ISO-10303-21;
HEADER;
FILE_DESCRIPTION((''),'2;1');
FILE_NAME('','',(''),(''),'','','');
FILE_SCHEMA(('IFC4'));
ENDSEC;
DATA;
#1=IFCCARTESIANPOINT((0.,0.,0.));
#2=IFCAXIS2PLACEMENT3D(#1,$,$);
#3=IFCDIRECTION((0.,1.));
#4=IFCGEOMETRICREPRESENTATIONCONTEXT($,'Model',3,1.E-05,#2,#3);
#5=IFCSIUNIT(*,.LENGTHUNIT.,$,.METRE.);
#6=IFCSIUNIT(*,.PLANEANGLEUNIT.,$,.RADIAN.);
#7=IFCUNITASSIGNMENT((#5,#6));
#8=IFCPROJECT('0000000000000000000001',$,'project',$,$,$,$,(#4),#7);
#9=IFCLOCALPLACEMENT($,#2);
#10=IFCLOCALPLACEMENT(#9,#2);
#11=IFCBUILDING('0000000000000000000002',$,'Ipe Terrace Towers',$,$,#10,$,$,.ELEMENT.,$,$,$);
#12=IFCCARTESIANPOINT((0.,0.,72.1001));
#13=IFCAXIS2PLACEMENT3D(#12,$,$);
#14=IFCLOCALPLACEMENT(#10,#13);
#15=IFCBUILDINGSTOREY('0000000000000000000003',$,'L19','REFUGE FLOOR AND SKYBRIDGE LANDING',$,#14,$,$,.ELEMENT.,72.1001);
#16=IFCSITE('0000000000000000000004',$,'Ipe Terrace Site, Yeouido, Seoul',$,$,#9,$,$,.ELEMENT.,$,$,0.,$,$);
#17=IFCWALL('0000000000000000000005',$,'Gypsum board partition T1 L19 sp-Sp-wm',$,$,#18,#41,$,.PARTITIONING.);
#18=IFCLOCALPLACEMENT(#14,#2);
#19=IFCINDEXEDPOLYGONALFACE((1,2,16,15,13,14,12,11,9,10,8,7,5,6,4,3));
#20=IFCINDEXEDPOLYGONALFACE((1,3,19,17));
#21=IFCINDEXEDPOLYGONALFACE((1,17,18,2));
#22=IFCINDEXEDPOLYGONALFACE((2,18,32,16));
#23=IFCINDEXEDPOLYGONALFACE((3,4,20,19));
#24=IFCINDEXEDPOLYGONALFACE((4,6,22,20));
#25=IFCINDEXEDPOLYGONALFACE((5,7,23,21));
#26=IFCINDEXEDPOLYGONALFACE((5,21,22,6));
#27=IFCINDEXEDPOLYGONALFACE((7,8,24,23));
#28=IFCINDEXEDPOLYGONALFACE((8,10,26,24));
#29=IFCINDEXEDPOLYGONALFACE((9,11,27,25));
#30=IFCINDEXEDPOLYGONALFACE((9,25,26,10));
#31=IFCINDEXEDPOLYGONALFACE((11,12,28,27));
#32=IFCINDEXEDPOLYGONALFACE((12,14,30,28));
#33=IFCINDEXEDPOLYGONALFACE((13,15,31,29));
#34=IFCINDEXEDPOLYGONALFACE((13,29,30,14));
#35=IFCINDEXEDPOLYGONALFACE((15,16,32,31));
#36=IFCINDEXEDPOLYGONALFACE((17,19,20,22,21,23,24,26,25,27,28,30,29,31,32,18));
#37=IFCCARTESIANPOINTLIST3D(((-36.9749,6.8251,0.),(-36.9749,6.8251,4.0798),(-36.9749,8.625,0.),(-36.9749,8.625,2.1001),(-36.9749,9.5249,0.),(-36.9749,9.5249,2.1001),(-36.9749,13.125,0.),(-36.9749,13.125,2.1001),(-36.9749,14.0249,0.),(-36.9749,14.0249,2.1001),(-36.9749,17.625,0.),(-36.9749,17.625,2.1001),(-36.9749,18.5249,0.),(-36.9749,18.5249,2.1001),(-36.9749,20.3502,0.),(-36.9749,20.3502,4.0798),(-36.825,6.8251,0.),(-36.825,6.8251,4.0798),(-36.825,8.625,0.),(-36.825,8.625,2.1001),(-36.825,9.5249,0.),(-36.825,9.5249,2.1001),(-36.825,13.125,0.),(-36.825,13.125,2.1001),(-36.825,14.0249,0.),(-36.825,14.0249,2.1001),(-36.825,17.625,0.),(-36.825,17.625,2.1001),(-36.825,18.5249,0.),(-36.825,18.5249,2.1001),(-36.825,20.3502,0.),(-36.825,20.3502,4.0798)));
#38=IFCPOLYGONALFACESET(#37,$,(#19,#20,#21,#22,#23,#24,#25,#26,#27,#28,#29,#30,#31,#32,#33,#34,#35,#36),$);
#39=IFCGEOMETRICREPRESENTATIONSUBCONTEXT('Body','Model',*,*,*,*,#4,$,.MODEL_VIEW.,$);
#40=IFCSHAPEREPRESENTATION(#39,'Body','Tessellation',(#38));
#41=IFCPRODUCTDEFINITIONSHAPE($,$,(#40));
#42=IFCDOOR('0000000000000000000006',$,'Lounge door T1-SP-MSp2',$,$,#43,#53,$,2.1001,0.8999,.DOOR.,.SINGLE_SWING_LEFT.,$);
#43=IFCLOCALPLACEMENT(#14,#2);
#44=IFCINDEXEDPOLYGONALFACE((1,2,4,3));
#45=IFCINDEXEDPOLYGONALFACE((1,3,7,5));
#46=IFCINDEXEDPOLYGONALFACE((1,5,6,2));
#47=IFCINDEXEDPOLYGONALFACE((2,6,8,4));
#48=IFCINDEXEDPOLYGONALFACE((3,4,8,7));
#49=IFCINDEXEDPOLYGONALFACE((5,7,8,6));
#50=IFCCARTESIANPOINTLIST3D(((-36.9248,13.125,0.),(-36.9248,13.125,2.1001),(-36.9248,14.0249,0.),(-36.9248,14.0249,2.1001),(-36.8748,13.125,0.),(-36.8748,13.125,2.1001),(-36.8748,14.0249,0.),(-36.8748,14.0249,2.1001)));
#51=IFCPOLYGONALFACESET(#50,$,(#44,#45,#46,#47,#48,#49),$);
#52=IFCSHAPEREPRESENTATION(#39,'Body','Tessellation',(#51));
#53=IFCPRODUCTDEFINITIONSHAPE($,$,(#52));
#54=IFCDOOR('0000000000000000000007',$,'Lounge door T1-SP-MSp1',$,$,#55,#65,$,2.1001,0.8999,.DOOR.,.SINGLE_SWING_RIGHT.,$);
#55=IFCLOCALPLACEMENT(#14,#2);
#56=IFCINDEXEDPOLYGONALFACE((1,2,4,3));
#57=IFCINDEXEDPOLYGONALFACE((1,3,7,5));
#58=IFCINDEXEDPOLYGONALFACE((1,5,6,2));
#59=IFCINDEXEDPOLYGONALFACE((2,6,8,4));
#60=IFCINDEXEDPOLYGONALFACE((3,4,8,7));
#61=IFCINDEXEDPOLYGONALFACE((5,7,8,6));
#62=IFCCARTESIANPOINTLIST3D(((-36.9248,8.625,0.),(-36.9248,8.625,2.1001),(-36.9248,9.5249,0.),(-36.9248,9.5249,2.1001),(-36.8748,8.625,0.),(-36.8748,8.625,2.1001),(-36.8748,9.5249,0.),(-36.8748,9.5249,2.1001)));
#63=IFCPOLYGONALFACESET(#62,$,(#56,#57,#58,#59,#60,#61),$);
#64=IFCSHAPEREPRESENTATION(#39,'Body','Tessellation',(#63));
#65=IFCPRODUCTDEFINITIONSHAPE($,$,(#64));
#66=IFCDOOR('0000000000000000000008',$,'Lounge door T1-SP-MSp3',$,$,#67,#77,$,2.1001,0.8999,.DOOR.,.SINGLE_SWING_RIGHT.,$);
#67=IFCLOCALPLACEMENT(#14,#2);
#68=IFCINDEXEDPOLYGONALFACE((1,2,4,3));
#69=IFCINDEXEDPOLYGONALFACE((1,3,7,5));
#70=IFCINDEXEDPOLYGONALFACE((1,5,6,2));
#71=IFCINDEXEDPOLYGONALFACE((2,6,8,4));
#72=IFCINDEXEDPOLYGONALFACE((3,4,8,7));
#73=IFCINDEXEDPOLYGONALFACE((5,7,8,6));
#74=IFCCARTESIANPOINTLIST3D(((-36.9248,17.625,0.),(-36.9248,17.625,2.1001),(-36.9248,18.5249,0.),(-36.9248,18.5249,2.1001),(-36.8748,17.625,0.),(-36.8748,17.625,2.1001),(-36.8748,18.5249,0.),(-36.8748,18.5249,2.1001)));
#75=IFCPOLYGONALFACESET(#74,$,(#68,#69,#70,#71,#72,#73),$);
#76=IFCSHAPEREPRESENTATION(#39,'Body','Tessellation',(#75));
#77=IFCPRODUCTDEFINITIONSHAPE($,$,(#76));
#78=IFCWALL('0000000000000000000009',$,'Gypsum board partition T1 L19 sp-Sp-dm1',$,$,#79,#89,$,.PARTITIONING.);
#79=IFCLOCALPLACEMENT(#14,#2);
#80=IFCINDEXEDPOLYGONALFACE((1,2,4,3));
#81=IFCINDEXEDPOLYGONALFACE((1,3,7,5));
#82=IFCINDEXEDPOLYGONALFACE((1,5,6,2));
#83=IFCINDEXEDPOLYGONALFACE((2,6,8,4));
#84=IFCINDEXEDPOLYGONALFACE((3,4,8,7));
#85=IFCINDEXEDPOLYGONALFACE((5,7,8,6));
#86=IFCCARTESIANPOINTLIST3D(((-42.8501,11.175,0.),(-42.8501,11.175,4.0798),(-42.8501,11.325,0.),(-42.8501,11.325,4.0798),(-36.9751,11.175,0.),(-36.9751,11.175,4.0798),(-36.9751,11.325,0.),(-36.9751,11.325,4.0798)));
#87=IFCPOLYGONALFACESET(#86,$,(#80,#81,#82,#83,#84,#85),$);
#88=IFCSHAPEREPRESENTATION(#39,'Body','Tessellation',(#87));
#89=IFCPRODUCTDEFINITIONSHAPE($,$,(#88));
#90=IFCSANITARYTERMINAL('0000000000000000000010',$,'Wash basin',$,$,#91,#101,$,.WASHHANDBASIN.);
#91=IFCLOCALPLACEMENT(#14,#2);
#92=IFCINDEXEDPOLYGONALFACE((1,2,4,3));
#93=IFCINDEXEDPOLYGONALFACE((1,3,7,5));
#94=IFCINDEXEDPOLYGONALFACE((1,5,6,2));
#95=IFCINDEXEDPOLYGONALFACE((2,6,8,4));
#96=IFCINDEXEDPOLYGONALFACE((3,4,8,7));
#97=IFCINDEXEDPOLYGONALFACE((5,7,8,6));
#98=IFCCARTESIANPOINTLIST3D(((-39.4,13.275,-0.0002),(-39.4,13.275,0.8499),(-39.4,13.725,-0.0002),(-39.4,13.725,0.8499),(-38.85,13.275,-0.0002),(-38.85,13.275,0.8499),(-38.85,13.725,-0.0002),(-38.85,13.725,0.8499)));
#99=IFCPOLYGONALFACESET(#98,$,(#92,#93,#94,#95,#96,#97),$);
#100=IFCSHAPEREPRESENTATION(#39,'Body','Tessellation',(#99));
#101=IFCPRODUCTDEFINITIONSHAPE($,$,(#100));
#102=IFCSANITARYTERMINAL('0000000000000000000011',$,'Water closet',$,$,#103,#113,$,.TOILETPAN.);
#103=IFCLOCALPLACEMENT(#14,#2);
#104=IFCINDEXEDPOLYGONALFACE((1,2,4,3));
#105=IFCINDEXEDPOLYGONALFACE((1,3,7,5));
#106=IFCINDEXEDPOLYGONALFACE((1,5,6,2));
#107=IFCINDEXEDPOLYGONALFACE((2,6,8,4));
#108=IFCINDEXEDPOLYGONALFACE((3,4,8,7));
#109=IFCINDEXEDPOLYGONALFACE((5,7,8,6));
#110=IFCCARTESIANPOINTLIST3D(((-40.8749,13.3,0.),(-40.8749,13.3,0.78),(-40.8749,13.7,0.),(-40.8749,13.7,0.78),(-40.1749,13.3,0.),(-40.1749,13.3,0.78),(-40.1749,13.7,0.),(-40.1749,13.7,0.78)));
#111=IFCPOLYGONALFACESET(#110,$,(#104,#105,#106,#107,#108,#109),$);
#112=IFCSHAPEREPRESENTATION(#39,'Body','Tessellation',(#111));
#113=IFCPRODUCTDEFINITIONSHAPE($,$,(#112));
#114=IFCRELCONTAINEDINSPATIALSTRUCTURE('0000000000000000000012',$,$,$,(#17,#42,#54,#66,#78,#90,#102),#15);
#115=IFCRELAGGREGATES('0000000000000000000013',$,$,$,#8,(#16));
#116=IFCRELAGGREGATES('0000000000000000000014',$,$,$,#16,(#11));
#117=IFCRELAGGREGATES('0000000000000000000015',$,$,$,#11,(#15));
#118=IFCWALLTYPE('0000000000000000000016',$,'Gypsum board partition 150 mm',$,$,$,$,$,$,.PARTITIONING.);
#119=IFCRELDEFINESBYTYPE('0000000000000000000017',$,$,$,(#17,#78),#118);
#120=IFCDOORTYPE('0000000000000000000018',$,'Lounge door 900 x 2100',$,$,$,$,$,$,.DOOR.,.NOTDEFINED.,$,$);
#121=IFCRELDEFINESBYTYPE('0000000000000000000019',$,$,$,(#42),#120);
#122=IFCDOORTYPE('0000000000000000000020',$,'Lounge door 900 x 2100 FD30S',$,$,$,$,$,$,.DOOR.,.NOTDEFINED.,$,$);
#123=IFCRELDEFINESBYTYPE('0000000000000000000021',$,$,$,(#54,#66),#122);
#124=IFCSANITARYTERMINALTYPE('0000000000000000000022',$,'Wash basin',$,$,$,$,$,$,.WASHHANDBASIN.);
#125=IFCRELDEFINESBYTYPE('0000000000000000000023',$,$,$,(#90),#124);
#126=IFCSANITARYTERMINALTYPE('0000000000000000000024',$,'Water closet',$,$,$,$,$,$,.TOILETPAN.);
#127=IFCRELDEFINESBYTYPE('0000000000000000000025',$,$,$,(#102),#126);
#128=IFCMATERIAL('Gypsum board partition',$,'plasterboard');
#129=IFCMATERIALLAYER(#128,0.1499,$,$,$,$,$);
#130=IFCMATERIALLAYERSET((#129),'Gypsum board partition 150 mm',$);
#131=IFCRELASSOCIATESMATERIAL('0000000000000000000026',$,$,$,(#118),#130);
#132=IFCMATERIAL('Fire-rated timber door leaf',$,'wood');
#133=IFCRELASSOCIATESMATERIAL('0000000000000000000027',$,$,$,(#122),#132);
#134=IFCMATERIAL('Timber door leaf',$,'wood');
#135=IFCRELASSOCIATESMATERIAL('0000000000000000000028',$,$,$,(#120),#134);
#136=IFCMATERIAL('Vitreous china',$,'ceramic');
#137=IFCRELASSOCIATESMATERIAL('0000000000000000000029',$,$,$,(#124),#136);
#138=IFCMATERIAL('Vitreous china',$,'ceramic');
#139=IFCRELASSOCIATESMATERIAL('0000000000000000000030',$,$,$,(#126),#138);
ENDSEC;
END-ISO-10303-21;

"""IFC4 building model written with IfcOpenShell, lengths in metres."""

from ifc_helpers import new_model, si_unit, direction, frame, frame_2d, origin, origin_2d, place, context, subcontext, project, spatial, rectangle, extrude, material, layer, layer_set, type_object, element, fill, save


model = new_model("IFC4")

# Units and contexts
model_context = context("Model", 3, precision=1e-05, world=origin(), true_north=direction((0.0, 1.0)))
body_context = subcontext(model_context, "Body", "Model", "MODEL_VIEW")
ifc_project = project(units=[si_unit("LENGTHUNIT", "METRE"), si_unit("PLANEANGLEUNIT", "RADIAN")], contexts=[model_context])

# Site, building, storey
site_placement = place(None, origin())
site = spatial("IfcSite", under=ifc_project, at=site_placement, Name="Ipe Terrace Site, Yeouido, Seoul", CompositionType="ELEMENT", RefElevation=0.0)
building_placement = place(site_placement, origin())
building = spatial("IfcBuilding", under=site, at=building_placement, Name="Ipe Terrace Towers", CompositionType="ELEMENT")
storey_placement = place(building_placement, frame((0.0, 0.0, 72.1001)))
storey = spatial("IfcBuildingStorey", under=building, at=storey_placement, Name="L19", Description="REFUGE FLOOR AND SKYBRIDGE LANDING", CompositionType="ELEMENT", Elevation=72.1001)

# Shared definitions
ifc_material_1 = material(Name="Gypsum board partition", Category="plasterboard")
ifc_layer = layer(ifc_material_1, 0.1499)
ifc_layer_set = layer_set([ifc_layer], Name="Gypsum board partition 150 mm")
wall_type = type_object("IfcWallType", Name="Gypsum board partition 150 mm", PredefinedType="PARTITIONING", material=ifc_layer_set)
ifc_material_2 = material(Name="Fire-rated timber door leaf", Category="wood")
door_type_1 = type_object("IfcDoorType", Name="Lounge door 900 x 2100 FD30S", OperationType="NOTDEFINED", PredefinedType="DOOR", material=ifc_material_2)

# Wall, openings, doors
wall_1_placement = place(storey_placement, frame((-36.8999, 6.825, 0.0), z_axis=(0.0, 0.0, 1.0), x_axis=(0.0, 1.0, 0.0)))
wall_1 = element("IfcWall", 1, at=wall_1_placement, inside=storey, type_object=wall_type, Name="Gypsum board partition T1 L19 sp-Sp-wm", PredefinedType="PARTITIONING", context=body_context, shape_type="SweptSolid", body=[
    extrude(rectangle(XDim=13.5251, YDim=0.1499, at=frame_2d((6.7627, 0.0))), origin(), (0.0, 0.0, 1.0), 4.0798),
])
opening_1_placement = place(wall_1_placement, frame((1.8, 0.0, 0.0)))
opening_1 = element("IfcOpeningElement", 2, at=opening_1_placement, cuts=wall_1, PredefinedType="OPENING", context=body_context, shape_type="SweptSolid", body=[
    extrude(rectangle(XDim=0.8999, YDim=2.1001, at=frame_2d((0.45, 1.05))), frame((0.0, 0.085, 0.0), z_axis=(0.0, -1.0, 0.0), x_axis=(1.0, 0.0, 0.0)), (0.0, 0.0, 1.0), 0.1699),
])
opening_2_placement = place(wall_1_placement, frame((6.3, 0.0, 0.0)))
opening_2 = element("IfcOpeningElement", 3, at=opening_2_placement, cuts=wall_1, PredefinedType="OPENING", context=body_context, shape_type="SweptSolid", body=[
    extrude(rectangle(XDim=0.8999, YDim=2.1001, at=frame_2d((0.45, 1.05))), frame((0.0, 0.085, 0.0), z_axis=(0.0, -1.0, 0.0), x_axis=(1.0, 0.0, 0.0)), (0.0, 0.0, 1.0), 0.1699),
])
opening_3_placement = place(wall_1_placement, frame((10.8, 0.0, 0.0)))
opening_3 = element("IfcOpeningElement", 4, at=opening_3_placement, cuts=wall_1, PredefinedType="OPENING", context=body_context, shape_type="SweptSolid", body=[
    extrude(rectangle(XDim=0.8999, YDim=2.1001, at=frame_2d((0.45, 1.05))), frame((0.0, 0.085, 0.0), z_axis=(0.0, -1.0, 0.0), x_axis=(1.0, 0.0, 0.0)), (0.0, 0.0, 1.0), 0.1699),
])
ifc_material_3 = material(Name="Timber door leaf", Category="wood")
door_type_2 = type_object("IfcDoorType", Name="Lounge door 900 x 2100", OperationType="NOTDEFINED", PredefinedType="DOOR", material=ifc_material_3)
door_1_placement = place(opening_2_placement, origin())
door_1 = element("IfcDoor", 5, at=door_1_placement, inside=storey, type_object=door_type_2, Name="Lounge door T1-SP-MSp2", OperationType="SINGLE_SWING_LEFT", OverallHeight=2.1001, OverallWidth=0.8999, PredefinedType="DOOR", context=body_context, shape_type="SweptSolid", body=[
    extrude(rectangle(XDim=0.8999, YDim=2.1001, at=frame_2d((0.45, 1.05))), frame((0.0, 0.0249, 0.0), z_axis=(0.0, -1.0, 0.0), x_axis=(1.0, 0.0, 0.0)), (0.0, 0.0, 1.0), 0.05),
])
fill(opening_2, door_1)
door_2_placement = place(opening_1_placement, origin())
door_2 = element("IfcDoor", 6, at=door_2_placement, inside=storey, type_object=door_type_1, Name="Lounge door T1-SP-MSp1", OperationType="SINGLE_SWING_RIGHT", OverallHeight=2.1001, OverallWidth=0.8999, PredefinedType="DOOR", context=body_context, shape_type="SweptSolid", body=[
    extrude(rectangle(XDim=0.8999, YDim=2.1001, at=frame_2d((0.45, 1.05))), frame((0.0, 0.0249, 0.0), z_axis=(0.0, -1.0, 0.0), x_axis=(1.0, 0.0, 0.0)), (0.0, 0.0, 1.0), 0.05),
])
fill(opening_1, door_2)
door_3_placement = place(opening_3_placement, origin())
door_3 = element("IfcDoor", 7, at=door_3_placement, inside=storey, type_object=door_type_1, Name="Lounge door T1-SP-MSp3", OperationType="SINGLE_SWING_RIGHT", OverallHeight=2.1001, OverallWidth=0.8999, PredefinedType="DOOR", context=body_context, shape_type="SweptSolid", body=[
    extrude(rectangle(XDim=0.8999, YDim=2.1001, at=frame_2d((0.45, 1.05))), frame((0.0, 0.0249, 0.0), z_axis=(0.0, -1.0, 0.0), x_axis=(1.0, 0.0, 0.0)), (0.0, 0.0, 1.0), 0.05),
])
fill(opening_3, door_3)

# Wall
wall_2_placement = place(storey_placement, frame((-36.9751, 11.25, 0.0), z_axis=(0.0, 0.0, 1.0), x_axis=(-1.0, 0.0, 0.0)))
element("IfcWall", 8, at=wall_2_placement, inside=storey, type_object=wall_type, Name="Gypsum board partition T1 L19 sp-Sp-dm1", PredefinedType="PARTITIONING", context=body_context, shape_type="SweptSolid", body=[
    extrude(rectangle(XDim=5.875, YDim=0.1499, at=frame_2d((2.9375, 0.0))), origin(), (0.0, 0.0, 1.0), 4.0798),
])

# Sanitary terminals
ifc_material_4 = material(Name="Vitreous china", Category="ceramic")
sanitary_terminal_type_1 = type_object("IfcSanitaryTerminalType", Name="Wash basin", PredefinedType="WASHHANDBASIN", material=ifc_material_4)
sanitary_terminal_1_placement = place(storey_placement, frame((-39.125, 13.5, -0.0002), z_axis=(0.0, 0.0, 1.0), x_axis=(1.0, 0.0, 0.0)))
element("IfcSanitaryTerminal", 9, at=sanitary_terminal_1_placement, inside=storey, type_object=sanitary_terminal_type_1, Name="Wash basin", PredefinedType="WASHHANDBASIN", context=body_context, shape_type="SweptSolid", body=[
    extrude(rectangle(XDim=0.55, YDim=0.45, at=origin_2d()), origin(), (0.0, 0.0, 1.0), 0.8501),
])
ifc_material_5 = material(Name="Vitreous china", Category="ceramic")
sanitary_terminal_type_2 = type_object("IfcSanitaryTerminalType", Name="Water closet", PredefinedType="TOILETPAN", material=ifc_material_5)
sanitary_terminal_2_placement = place(storey_placement, frame((-40.5249, 13.5, 0.0), z_axis=(0.0, 0.0, 1.0), x_axis=(1.0, 0.0, 0.0)))
element("IfcSanitaryTerminal", 10, at=sanitary_terminal_2_placement, inside=storey, type_object=sanitary_terminal_type_2, Name="Water closet", PredefinedType="TOILETPAN", context=body_context, shape_type="SweptSolid", body=[
    extrude(rectangle(XDim=0.7, YDim=0.3999, at=origin_2d()), origin(), (0.0, 0.0, 1.0), 0.78),
])

save(model, "model.ifc")
